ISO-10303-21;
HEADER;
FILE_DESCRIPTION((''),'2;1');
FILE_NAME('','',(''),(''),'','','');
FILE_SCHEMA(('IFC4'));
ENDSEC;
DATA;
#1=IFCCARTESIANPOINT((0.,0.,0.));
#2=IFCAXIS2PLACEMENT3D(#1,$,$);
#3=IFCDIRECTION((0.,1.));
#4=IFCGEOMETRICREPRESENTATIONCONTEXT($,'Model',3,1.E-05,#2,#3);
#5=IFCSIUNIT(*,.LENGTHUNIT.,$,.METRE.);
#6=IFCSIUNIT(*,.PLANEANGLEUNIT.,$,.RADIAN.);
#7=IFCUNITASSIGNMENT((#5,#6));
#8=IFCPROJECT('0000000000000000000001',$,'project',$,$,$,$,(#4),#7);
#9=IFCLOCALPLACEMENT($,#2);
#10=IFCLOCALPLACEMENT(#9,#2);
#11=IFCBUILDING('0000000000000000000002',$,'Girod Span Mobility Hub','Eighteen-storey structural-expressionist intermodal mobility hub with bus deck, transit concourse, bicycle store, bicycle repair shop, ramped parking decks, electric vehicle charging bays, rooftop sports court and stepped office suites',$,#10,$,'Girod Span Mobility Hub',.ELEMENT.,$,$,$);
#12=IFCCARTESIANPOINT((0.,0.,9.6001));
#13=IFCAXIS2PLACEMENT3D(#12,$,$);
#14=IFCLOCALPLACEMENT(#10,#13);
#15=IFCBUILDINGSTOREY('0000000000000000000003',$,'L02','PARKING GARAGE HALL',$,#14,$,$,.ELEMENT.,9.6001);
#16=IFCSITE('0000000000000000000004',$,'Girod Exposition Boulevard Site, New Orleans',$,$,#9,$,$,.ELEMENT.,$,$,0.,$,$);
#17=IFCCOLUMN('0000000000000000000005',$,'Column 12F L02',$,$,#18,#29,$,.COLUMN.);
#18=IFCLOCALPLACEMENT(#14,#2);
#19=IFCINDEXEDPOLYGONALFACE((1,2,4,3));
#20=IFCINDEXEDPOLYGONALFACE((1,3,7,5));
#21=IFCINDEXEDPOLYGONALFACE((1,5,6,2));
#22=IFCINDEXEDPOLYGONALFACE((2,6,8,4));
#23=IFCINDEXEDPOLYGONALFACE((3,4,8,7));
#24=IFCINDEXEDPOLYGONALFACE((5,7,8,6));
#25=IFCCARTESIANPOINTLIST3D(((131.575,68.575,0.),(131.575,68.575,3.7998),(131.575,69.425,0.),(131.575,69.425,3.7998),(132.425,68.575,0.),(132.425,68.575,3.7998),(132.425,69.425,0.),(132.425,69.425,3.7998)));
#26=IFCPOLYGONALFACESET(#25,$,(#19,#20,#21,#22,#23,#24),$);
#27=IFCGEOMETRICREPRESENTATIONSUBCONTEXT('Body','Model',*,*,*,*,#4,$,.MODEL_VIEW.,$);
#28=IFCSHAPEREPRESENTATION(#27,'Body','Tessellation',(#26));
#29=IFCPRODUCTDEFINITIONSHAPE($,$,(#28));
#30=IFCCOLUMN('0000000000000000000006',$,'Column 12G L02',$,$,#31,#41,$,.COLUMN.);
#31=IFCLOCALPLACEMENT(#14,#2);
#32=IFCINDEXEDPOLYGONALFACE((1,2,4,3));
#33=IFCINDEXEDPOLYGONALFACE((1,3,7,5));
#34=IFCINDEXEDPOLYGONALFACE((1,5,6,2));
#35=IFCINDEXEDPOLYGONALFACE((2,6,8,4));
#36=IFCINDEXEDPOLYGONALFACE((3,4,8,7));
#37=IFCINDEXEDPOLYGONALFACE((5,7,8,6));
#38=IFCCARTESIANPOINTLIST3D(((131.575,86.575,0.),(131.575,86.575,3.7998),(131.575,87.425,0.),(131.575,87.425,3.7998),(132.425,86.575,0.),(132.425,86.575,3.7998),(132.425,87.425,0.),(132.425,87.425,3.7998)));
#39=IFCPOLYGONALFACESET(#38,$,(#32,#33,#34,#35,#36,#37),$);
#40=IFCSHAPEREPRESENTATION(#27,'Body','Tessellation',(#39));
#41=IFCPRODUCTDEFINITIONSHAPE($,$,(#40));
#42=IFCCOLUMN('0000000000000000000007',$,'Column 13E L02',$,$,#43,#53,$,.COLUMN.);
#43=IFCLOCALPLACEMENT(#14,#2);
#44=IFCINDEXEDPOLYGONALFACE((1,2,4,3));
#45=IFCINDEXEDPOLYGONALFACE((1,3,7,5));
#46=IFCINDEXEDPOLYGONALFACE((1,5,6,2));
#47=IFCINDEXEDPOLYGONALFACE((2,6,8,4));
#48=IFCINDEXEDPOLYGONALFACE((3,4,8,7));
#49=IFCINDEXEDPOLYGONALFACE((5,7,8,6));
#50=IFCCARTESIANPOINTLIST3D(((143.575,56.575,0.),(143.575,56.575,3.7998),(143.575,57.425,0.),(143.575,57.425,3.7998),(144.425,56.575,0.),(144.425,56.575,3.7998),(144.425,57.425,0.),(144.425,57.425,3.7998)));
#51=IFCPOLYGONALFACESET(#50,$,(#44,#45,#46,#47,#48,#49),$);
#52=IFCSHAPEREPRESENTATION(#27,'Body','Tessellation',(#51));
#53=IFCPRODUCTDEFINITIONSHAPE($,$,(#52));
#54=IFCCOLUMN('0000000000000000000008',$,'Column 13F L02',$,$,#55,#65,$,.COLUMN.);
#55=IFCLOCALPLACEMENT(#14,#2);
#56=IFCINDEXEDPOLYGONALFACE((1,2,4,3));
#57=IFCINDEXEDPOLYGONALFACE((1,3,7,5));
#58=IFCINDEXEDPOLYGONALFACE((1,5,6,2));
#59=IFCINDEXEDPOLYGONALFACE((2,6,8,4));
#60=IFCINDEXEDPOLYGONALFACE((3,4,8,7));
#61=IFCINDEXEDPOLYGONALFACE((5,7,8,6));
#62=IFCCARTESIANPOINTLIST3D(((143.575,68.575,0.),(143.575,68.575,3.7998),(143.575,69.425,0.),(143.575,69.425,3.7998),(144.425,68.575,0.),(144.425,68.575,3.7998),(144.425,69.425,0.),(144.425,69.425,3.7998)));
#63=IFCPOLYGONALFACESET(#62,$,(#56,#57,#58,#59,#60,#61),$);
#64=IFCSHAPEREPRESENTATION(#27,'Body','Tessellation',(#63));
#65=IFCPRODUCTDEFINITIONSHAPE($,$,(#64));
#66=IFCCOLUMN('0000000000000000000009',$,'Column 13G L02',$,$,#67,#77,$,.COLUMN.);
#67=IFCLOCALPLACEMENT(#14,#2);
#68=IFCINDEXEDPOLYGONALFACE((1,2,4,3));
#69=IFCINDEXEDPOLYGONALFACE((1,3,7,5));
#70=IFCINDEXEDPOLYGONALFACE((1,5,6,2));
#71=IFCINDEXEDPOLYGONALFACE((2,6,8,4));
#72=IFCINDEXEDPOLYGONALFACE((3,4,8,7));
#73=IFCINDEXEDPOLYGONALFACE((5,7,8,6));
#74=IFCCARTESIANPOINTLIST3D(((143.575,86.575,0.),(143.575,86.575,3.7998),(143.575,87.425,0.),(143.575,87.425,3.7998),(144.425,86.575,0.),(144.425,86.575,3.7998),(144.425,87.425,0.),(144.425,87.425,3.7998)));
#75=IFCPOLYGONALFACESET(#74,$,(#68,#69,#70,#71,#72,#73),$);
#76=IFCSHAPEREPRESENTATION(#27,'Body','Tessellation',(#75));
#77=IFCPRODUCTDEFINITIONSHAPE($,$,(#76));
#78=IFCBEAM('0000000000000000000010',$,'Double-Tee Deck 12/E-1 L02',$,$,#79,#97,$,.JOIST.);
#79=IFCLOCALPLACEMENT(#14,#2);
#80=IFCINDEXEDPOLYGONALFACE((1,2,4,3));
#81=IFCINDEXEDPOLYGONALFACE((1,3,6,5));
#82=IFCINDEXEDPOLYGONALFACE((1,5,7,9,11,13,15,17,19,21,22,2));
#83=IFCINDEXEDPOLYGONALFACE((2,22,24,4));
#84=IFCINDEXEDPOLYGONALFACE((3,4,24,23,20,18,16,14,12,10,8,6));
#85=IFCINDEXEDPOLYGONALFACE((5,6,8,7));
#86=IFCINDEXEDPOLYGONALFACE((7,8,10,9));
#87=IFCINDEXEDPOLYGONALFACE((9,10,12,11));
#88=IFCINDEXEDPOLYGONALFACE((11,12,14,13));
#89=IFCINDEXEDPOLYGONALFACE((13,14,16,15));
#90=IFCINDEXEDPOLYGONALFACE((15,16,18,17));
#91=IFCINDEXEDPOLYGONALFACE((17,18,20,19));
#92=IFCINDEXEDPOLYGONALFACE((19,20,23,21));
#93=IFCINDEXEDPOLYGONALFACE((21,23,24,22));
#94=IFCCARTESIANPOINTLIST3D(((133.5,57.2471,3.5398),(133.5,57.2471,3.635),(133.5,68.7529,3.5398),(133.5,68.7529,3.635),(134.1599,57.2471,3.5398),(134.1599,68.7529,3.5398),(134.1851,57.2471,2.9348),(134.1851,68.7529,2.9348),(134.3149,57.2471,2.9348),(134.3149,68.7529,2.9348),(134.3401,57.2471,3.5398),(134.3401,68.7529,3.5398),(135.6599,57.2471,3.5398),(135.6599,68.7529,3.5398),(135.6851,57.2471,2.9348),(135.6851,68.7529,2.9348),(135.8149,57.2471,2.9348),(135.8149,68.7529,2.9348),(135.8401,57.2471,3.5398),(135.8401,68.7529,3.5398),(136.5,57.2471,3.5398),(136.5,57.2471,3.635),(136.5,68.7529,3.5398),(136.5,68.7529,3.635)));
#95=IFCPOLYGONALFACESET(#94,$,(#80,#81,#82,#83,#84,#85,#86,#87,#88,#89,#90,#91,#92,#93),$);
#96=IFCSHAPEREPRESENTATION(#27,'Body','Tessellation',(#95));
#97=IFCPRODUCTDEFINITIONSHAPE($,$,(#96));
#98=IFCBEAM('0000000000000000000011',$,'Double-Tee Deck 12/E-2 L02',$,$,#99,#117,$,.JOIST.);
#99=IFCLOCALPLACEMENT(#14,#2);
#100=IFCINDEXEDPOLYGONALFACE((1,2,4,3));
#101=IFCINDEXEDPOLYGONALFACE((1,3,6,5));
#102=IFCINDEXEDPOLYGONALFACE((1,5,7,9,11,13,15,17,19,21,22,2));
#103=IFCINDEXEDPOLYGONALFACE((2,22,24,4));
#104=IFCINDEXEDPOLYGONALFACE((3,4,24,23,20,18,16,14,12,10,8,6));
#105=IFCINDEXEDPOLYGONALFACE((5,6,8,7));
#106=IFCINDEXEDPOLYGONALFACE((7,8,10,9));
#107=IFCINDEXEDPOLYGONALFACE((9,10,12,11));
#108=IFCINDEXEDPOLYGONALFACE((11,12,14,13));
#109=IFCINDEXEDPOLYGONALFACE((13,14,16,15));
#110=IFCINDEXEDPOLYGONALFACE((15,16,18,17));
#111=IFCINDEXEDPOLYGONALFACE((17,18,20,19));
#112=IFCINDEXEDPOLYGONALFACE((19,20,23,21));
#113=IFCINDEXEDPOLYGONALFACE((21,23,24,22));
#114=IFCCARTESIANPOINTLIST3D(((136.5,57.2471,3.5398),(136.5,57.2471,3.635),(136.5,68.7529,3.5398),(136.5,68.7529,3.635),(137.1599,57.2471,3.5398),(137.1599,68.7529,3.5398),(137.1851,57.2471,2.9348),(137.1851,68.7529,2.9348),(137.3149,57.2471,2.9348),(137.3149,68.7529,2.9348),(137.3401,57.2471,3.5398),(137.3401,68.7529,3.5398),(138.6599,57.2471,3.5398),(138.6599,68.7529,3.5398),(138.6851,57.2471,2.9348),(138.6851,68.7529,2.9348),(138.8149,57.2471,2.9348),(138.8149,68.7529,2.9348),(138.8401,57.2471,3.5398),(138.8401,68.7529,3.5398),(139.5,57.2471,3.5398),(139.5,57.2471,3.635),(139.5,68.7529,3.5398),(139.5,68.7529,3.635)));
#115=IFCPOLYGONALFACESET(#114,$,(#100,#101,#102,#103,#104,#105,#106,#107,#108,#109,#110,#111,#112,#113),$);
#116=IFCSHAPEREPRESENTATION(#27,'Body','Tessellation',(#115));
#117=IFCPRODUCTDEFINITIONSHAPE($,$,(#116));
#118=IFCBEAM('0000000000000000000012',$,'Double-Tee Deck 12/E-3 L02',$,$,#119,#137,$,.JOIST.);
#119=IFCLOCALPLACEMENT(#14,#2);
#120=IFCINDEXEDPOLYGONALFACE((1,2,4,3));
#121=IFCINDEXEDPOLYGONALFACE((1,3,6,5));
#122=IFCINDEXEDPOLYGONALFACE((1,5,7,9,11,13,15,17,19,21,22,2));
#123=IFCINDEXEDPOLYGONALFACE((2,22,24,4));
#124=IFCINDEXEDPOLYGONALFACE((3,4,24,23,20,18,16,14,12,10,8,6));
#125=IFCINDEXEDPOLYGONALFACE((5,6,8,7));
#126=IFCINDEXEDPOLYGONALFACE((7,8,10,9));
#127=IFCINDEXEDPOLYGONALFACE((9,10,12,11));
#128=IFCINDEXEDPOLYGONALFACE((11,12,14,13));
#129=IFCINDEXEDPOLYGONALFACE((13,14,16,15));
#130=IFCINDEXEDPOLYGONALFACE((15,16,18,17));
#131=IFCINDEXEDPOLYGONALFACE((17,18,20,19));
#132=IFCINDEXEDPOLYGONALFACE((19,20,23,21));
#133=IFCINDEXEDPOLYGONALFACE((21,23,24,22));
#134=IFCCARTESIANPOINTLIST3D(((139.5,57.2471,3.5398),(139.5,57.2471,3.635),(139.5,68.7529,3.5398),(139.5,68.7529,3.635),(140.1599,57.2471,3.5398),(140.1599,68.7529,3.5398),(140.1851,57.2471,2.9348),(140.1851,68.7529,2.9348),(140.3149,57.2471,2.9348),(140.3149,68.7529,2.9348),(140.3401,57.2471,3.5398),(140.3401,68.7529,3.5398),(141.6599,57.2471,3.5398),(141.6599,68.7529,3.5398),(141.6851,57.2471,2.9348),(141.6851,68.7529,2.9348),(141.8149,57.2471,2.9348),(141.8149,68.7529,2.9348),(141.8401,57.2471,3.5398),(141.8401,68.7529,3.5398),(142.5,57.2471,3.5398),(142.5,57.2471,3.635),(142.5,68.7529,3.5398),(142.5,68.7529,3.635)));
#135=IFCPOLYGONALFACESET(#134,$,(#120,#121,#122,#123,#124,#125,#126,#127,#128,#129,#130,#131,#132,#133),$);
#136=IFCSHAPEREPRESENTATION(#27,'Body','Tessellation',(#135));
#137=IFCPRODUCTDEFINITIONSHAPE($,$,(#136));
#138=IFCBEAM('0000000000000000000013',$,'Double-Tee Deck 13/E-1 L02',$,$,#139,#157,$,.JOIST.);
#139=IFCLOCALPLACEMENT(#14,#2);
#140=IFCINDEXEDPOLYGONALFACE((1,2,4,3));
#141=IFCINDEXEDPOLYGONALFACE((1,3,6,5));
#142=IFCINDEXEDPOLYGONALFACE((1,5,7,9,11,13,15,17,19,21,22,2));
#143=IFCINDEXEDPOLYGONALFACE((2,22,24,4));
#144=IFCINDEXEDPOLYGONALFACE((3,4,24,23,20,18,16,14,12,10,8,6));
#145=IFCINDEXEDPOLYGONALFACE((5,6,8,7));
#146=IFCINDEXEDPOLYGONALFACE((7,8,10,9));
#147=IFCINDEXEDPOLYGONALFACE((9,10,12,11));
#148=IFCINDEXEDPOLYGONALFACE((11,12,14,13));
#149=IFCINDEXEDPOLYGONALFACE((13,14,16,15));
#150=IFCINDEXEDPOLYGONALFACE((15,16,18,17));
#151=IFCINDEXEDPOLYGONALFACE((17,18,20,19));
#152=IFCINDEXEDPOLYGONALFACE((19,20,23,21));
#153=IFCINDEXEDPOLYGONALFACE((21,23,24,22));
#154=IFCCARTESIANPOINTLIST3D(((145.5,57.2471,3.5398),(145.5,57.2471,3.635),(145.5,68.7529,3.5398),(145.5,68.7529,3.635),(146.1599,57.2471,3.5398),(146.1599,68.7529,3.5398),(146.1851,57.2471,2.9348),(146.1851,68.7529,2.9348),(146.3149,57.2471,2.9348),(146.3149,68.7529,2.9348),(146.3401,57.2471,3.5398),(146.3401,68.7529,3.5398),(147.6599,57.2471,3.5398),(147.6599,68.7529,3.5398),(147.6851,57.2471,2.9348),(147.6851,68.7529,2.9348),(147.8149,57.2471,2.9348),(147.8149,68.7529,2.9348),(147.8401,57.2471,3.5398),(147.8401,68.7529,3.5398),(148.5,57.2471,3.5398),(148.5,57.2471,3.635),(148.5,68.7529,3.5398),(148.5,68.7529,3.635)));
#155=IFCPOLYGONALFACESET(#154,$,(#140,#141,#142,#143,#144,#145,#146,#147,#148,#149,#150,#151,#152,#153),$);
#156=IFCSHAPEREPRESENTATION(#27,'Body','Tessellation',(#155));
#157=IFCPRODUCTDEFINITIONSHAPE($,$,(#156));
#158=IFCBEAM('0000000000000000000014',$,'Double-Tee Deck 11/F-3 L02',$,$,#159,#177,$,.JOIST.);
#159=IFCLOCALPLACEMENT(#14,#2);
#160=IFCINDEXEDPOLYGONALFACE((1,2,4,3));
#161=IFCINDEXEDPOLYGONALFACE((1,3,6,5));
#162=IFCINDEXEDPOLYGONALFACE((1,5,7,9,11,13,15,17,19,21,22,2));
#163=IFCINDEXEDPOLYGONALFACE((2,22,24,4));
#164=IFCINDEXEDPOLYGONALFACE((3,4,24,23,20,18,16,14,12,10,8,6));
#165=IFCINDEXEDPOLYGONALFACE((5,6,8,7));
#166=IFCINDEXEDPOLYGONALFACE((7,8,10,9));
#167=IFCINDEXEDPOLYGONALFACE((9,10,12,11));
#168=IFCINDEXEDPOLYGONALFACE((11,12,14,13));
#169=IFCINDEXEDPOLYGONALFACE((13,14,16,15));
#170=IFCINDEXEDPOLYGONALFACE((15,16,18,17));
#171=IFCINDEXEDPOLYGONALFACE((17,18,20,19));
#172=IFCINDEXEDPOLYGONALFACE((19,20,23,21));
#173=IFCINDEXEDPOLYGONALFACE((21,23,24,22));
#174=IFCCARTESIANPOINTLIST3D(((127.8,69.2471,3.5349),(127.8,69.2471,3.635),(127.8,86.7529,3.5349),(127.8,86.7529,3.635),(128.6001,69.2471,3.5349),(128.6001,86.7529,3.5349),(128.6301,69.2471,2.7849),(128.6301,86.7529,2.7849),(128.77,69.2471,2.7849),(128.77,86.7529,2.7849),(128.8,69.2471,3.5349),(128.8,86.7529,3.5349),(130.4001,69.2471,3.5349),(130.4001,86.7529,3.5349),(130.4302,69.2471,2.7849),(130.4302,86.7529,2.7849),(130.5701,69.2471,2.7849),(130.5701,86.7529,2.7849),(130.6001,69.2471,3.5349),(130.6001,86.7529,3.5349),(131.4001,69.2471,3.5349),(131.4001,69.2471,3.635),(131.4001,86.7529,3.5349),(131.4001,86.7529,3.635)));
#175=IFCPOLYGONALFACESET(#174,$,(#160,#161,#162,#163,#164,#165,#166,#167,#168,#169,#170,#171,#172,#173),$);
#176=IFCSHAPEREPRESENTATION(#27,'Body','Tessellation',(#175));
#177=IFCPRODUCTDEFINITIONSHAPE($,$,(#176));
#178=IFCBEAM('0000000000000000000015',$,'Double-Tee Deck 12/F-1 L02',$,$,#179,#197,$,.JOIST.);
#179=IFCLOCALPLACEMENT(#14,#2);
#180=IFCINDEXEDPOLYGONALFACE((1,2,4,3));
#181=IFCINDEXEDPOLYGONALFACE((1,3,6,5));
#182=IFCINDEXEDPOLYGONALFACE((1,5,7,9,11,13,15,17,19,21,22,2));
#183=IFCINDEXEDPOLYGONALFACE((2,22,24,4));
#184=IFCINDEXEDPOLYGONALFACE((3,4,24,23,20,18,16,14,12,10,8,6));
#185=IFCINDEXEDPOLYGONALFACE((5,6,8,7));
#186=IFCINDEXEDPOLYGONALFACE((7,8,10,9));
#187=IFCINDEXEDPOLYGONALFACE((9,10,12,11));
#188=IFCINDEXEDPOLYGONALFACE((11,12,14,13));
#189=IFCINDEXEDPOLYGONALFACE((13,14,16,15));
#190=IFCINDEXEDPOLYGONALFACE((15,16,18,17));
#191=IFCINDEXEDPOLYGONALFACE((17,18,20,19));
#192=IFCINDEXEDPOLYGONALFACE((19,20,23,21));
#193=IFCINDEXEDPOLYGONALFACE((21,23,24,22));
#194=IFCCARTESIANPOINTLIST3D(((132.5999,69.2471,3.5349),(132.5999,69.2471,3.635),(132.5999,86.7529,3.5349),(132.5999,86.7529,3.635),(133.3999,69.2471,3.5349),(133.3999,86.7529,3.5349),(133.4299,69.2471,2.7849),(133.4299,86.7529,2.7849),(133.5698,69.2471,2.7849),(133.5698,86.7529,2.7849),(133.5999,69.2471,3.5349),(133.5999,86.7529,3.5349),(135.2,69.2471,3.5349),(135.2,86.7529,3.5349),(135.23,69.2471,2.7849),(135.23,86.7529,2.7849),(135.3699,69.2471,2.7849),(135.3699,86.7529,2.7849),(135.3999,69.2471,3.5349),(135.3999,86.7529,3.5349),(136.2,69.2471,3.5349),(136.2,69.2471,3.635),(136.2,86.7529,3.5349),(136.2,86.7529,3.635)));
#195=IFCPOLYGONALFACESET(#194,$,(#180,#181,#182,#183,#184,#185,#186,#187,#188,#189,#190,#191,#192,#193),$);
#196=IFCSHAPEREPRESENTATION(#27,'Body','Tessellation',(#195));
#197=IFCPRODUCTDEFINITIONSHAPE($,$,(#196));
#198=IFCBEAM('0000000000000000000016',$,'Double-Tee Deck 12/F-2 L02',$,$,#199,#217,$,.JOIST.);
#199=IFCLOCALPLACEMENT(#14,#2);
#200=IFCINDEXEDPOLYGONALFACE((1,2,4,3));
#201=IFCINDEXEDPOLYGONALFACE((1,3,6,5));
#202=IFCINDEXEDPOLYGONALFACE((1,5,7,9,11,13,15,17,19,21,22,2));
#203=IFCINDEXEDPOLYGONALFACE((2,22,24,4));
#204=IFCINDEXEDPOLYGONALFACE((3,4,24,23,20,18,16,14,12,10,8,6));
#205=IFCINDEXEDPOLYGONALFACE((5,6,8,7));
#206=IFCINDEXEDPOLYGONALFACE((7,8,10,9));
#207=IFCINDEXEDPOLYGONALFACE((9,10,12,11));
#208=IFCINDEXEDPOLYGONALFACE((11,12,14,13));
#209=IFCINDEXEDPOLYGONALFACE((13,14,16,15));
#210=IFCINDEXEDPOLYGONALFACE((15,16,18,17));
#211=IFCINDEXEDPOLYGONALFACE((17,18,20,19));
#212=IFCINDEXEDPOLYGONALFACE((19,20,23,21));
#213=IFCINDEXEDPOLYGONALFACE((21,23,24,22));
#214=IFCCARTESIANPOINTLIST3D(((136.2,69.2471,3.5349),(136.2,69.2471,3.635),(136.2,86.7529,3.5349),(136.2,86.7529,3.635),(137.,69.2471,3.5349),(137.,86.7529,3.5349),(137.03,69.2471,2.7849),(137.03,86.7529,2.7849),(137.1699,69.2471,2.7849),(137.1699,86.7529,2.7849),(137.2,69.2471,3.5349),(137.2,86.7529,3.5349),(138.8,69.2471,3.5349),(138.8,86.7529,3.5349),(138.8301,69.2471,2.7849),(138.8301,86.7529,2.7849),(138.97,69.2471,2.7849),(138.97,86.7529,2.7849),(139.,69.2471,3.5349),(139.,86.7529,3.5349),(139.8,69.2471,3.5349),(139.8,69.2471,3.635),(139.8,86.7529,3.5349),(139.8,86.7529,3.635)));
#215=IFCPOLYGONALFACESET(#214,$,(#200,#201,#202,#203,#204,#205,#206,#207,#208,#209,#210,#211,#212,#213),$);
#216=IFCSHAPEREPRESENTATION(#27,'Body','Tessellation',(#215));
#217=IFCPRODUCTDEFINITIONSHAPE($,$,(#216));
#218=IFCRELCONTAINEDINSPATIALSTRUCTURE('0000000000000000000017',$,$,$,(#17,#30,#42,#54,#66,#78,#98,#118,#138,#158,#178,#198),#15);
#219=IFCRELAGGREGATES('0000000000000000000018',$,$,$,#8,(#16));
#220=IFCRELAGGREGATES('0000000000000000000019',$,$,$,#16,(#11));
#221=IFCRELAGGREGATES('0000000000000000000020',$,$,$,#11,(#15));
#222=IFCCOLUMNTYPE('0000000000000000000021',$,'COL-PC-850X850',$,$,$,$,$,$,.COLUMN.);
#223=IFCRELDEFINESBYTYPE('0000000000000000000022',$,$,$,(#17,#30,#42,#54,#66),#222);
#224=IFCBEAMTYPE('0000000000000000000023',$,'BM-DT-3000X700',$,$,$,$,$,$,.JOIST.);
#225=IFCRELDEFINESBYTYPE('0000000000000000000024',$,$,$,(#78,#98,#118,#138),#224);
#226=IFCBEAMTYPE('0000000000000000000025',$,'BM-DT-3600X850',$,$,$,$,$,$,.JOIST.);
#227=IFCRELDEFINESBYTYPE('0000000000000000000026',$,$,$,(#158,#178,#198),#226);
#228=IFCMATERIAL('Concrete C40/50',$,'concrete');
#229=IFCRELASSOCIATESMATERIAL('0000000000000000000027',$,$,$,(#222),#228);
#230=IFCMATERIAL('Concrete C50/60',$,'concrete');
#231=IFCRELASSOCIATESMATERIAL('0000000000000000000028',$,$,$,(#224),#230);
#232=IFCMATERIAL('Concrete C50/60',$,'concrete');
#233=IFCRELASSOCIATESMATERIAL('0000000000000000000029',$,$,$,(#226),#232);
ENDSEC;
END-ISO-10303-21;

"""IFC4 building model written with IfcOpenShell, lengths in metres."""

from ifc_helpers import new_model, si_unit, direction, frame, origin, origin_2d, place, context, subcontext, project, spatial, polyline, rectangle, outline, extrude, material, material_profile, profile_set, type_object, element, save


model = new_model("IFC4")

# Units and contexts
model_context = context("Model", 3, precision=1e-05, world=origin(), true_north=direction((0.0, 1.0)))
body_context = subcontext(model_context, "Body", "Model", "MODEL_VIEW")
ifc_project = project(units=[si_unit("LENGTHUNIT", "METRE"), si_unit("PLANEANGLEUNIT", "RADIAN")], contexts=[model_context])

# Site, building, storey
site_placement = place(None, origin())
site = spatial("IfcSite", under=ifc_project, at=site_placement, Name="Girod Exposition Boulevard Site, New Orleans", CompositionType="ELEMENT", RefElevation=0.0)
building_placement = place(site_placement, origin())
building = spatial("IfcBuilding", under=site, at=building_placement, Name="Girod Span Mobility Hub", Description="Eighteen-storey structural-expressionist intermodal mobility hub with bus deck, transit concourse, bicycle store, bicycle repair shop, ramped parking decks, electric vehicle charging bays, rooftop sports court and stepped office suites", LongName="Girod Span Mobility Hub", CompositionType="ELEMENT")
storey_placement = place(building_placement, frame((0.0, 0.0, 9.6001)))
storey = spatial("IfcBuildingStorey", under=building, at=storey_placement, Name="L02", Description="PARKING GARAGE HALL", CompositionType="ELEMENT", Elevation=9.6001)

# Columns
ifc_material_1 = material(Name="Concrete C40/50", Category="concrete")
ifc_material_profile_1 = material_profile(ifc_material_1, rectangle(XDim=0.8501, YDim=0.8501, at=origin_2d()), Name="PC-COL-850X850")
ifc_profile_set_1 = profile_set([ifc_material_profile_1], Name="Concrete C40/50")
column_type = type_object("IfcColumnType", Name="COL-PC-850X850", PredefinedType="COLUMN", material=ifc_profile_set_1)
for number, where, z_axis, x_axis, name in (
    (1, (132.0, 69.0, 0.0), (0.0, 0.0, 1.0), (1.0, 0.0, 0.0), "Column 12F L02"),
    (2, (132.0, 87.0, 0.0), (0.0, 0.0, 1.0), (1.0, 0.0, 0.0), "Column 12G L02"),
    (3, (144.0, 57.0, 0.0), (0.0, 0.0, 1.0), (1.0, 0.0, 0.0), "Column 13E L02"),
    (4, (144.0, 69.0, 0.0), (0.0, 0.0, 1.0), (1.0, 0.0, 0.0), "Column 13F L02"),
    (5, (144.0, 87.0, 0.0), (0.0, 0.0, 1.0), (1.0, 0.0, 0.0), "Column 13G L02"),
):
    element("IfcColumn", number, at=place(storey_placement, frame(where, z_axis=z_axis, x_axis=x_axis)), inside=storey, type_object=column_type, Name=name, PredefinedType="COLUMN", context=body_context, shape_type="SweptSolid", body=[
        extrude(rectangle(XDim=0.8501, YDim=0.8501, at=origin_2d()), origin(), (0.0, 0.0, 1.0), 3.7998),
    ])

# Beams
ifc_material_2 = material(Name="Concrete C50/60", Category="concrete")
ifc_material_profile_2 = material_profile(ifc_material_2, outline(polyline([(-1.5, 0.3501), (-1.5, 0.2549), (-0.8401, 0.2549), (-0.8149, -0.3501), (-0.6851, -0.3501), (-0.6599, 0.2549), (0.6599, 0.2549), (0.6851, -0.3501), (0.8149, -0.3501), (0.8401, 0.2549), (1.5, 0.2549), (1.5, 0.3501), (-1.5, 0.3501)])), Name="DT-3000X700")
ifc_profile_set_2 = profile_set([ifc_material_profile_2], Name="Concrete C50/60")
beam_type_1 = type_object("IfcBeamType", Name="BM-DT-3000X700", PredefinedType="JOIST", material=ifc_profile_set_2)
for number, where, z_axis, x_axis, name in (
    (6, (135.0, 57.2471, 3.2849), (0.0, 1.0, 0.0), (-1.0, 0.0, 0.0), "Double-Tee Deck 12/E-1 L02"),
    (7, (138.0, 57.2471, 3.2849), (0.0, 1.0, 0.0), (-1.0, 0.0, 0.0), "Double-Tee Deck 12/E-2 L02"),
    (8, (141.0, 57.2471, 3.2849), (0.0, 1.0, 0.0), (-1.0, 0.0, 0.0), "Double-Tee Deck 12/E-3 L02"),
    (9, (147.0, 57.2471, 3.2849), (0.0, 1.0, 0.0), (-1.0, 0.0, 0.0), "Double-Tee Deck 13/E-1 L02"),
):
    element("IfcBeam", number, at=place(storey_placement, frame(where, z_axis=z_axis, x_axis=x_axis)), inside=storey, type_object=beam_type_1, Name=name, PredefinedType="JOIST", context=body_context, shape_type="SweptSolid", body=[
        extrude(outline(polyline([(-1.5, 0.3501), (-1.5, 0.2549), (-0.8401, 0.2549), (-0.8149, -0.3501), (-0.6851, -0.3501), (-0.6599, 0.2549), (0.6599, 0.2549), (0.6851, -0.3501), (0.8149, -0.3501), (0.8401, 0.2549), (1.5, 0.2549), (1.5, 0.3501), (-1.5, 0.3501)])), origin(), (0.0, 0.0, 1.0), 11.5059),
    ])
ifc_material_3 = material(Name="Concrete C50/60", Category="concrete")
ifc_material_profile_3 = material_profile(ifc_material_3, outline(polyline([(-1.8, 0.425), (-1.8, 0.325), (-1.0, 0.325), (-0.97, -0.425), (-0.8301, -0.425), (-0.8, 0.325), (0.8, 0.325), (0.8301, -0.425), (0.97, -0.425), (1.0, 0.325), (1.8, 0.325), (1.8, 0.425), (-1.8, 0.425)])), Name="DT-3600X850")
ifc_profile_set_3 = profile_set([ifc_material_profile_3], Name="Concrete C50/60")
beam_type_2 = type_object("IfcBeamType", Name="BM-DT-3600X850", PredefinedType="JOIST", material=ifc_profile_set_3)
for number, where, z_axis, x_axis, name in (
    (10, (129.6001, 69.2471, 3.21), (0.0, 1.0, 0.0), (-1.0, 0.0, 0.0), "Double-Tee Deck 11/F-3 L02"),
    (11, (134.3999, 69.2471, 3.21), (0.0, 1.0, 0.0), (-1.0, 0.0, 0.0), "Double-Tee Deck 12/F-1 L02"),
    (12, (138.0, 69.2471, 3.21), (0.0, 1.0, 0.0), (-1.0, 0.0, 0.0), "Double-Tee Deck 12/F-2 L02"),
):
    element("IfcBeam", number, at=place(storey_placement, frame(where, z_axis=z_axis, x_axis=x_axis)), inside=storey, type_object=beam_type_2, Name=name, PredefinedType="JOIST", context=body_context, shape_type="SweptSolid", body=[
        extrude(outline(polyline([(-1.8, 0.425), (-1.8, 0.325), (-1.0, 0.325), (-0.97, -0.425), (-0.8301, -0.425), (-0.8, 0.325), (0.8, 0.325), (0.8301, -0.425), (0.97, -0.425), (1.0, 0.325), (1.8, 0.325), (1.8, 0.425), (-1.8, 0.425)])), origin(), (0.0, 0.0, 1.0), 17.5059),
    ])

save(model, "model.ifc")
